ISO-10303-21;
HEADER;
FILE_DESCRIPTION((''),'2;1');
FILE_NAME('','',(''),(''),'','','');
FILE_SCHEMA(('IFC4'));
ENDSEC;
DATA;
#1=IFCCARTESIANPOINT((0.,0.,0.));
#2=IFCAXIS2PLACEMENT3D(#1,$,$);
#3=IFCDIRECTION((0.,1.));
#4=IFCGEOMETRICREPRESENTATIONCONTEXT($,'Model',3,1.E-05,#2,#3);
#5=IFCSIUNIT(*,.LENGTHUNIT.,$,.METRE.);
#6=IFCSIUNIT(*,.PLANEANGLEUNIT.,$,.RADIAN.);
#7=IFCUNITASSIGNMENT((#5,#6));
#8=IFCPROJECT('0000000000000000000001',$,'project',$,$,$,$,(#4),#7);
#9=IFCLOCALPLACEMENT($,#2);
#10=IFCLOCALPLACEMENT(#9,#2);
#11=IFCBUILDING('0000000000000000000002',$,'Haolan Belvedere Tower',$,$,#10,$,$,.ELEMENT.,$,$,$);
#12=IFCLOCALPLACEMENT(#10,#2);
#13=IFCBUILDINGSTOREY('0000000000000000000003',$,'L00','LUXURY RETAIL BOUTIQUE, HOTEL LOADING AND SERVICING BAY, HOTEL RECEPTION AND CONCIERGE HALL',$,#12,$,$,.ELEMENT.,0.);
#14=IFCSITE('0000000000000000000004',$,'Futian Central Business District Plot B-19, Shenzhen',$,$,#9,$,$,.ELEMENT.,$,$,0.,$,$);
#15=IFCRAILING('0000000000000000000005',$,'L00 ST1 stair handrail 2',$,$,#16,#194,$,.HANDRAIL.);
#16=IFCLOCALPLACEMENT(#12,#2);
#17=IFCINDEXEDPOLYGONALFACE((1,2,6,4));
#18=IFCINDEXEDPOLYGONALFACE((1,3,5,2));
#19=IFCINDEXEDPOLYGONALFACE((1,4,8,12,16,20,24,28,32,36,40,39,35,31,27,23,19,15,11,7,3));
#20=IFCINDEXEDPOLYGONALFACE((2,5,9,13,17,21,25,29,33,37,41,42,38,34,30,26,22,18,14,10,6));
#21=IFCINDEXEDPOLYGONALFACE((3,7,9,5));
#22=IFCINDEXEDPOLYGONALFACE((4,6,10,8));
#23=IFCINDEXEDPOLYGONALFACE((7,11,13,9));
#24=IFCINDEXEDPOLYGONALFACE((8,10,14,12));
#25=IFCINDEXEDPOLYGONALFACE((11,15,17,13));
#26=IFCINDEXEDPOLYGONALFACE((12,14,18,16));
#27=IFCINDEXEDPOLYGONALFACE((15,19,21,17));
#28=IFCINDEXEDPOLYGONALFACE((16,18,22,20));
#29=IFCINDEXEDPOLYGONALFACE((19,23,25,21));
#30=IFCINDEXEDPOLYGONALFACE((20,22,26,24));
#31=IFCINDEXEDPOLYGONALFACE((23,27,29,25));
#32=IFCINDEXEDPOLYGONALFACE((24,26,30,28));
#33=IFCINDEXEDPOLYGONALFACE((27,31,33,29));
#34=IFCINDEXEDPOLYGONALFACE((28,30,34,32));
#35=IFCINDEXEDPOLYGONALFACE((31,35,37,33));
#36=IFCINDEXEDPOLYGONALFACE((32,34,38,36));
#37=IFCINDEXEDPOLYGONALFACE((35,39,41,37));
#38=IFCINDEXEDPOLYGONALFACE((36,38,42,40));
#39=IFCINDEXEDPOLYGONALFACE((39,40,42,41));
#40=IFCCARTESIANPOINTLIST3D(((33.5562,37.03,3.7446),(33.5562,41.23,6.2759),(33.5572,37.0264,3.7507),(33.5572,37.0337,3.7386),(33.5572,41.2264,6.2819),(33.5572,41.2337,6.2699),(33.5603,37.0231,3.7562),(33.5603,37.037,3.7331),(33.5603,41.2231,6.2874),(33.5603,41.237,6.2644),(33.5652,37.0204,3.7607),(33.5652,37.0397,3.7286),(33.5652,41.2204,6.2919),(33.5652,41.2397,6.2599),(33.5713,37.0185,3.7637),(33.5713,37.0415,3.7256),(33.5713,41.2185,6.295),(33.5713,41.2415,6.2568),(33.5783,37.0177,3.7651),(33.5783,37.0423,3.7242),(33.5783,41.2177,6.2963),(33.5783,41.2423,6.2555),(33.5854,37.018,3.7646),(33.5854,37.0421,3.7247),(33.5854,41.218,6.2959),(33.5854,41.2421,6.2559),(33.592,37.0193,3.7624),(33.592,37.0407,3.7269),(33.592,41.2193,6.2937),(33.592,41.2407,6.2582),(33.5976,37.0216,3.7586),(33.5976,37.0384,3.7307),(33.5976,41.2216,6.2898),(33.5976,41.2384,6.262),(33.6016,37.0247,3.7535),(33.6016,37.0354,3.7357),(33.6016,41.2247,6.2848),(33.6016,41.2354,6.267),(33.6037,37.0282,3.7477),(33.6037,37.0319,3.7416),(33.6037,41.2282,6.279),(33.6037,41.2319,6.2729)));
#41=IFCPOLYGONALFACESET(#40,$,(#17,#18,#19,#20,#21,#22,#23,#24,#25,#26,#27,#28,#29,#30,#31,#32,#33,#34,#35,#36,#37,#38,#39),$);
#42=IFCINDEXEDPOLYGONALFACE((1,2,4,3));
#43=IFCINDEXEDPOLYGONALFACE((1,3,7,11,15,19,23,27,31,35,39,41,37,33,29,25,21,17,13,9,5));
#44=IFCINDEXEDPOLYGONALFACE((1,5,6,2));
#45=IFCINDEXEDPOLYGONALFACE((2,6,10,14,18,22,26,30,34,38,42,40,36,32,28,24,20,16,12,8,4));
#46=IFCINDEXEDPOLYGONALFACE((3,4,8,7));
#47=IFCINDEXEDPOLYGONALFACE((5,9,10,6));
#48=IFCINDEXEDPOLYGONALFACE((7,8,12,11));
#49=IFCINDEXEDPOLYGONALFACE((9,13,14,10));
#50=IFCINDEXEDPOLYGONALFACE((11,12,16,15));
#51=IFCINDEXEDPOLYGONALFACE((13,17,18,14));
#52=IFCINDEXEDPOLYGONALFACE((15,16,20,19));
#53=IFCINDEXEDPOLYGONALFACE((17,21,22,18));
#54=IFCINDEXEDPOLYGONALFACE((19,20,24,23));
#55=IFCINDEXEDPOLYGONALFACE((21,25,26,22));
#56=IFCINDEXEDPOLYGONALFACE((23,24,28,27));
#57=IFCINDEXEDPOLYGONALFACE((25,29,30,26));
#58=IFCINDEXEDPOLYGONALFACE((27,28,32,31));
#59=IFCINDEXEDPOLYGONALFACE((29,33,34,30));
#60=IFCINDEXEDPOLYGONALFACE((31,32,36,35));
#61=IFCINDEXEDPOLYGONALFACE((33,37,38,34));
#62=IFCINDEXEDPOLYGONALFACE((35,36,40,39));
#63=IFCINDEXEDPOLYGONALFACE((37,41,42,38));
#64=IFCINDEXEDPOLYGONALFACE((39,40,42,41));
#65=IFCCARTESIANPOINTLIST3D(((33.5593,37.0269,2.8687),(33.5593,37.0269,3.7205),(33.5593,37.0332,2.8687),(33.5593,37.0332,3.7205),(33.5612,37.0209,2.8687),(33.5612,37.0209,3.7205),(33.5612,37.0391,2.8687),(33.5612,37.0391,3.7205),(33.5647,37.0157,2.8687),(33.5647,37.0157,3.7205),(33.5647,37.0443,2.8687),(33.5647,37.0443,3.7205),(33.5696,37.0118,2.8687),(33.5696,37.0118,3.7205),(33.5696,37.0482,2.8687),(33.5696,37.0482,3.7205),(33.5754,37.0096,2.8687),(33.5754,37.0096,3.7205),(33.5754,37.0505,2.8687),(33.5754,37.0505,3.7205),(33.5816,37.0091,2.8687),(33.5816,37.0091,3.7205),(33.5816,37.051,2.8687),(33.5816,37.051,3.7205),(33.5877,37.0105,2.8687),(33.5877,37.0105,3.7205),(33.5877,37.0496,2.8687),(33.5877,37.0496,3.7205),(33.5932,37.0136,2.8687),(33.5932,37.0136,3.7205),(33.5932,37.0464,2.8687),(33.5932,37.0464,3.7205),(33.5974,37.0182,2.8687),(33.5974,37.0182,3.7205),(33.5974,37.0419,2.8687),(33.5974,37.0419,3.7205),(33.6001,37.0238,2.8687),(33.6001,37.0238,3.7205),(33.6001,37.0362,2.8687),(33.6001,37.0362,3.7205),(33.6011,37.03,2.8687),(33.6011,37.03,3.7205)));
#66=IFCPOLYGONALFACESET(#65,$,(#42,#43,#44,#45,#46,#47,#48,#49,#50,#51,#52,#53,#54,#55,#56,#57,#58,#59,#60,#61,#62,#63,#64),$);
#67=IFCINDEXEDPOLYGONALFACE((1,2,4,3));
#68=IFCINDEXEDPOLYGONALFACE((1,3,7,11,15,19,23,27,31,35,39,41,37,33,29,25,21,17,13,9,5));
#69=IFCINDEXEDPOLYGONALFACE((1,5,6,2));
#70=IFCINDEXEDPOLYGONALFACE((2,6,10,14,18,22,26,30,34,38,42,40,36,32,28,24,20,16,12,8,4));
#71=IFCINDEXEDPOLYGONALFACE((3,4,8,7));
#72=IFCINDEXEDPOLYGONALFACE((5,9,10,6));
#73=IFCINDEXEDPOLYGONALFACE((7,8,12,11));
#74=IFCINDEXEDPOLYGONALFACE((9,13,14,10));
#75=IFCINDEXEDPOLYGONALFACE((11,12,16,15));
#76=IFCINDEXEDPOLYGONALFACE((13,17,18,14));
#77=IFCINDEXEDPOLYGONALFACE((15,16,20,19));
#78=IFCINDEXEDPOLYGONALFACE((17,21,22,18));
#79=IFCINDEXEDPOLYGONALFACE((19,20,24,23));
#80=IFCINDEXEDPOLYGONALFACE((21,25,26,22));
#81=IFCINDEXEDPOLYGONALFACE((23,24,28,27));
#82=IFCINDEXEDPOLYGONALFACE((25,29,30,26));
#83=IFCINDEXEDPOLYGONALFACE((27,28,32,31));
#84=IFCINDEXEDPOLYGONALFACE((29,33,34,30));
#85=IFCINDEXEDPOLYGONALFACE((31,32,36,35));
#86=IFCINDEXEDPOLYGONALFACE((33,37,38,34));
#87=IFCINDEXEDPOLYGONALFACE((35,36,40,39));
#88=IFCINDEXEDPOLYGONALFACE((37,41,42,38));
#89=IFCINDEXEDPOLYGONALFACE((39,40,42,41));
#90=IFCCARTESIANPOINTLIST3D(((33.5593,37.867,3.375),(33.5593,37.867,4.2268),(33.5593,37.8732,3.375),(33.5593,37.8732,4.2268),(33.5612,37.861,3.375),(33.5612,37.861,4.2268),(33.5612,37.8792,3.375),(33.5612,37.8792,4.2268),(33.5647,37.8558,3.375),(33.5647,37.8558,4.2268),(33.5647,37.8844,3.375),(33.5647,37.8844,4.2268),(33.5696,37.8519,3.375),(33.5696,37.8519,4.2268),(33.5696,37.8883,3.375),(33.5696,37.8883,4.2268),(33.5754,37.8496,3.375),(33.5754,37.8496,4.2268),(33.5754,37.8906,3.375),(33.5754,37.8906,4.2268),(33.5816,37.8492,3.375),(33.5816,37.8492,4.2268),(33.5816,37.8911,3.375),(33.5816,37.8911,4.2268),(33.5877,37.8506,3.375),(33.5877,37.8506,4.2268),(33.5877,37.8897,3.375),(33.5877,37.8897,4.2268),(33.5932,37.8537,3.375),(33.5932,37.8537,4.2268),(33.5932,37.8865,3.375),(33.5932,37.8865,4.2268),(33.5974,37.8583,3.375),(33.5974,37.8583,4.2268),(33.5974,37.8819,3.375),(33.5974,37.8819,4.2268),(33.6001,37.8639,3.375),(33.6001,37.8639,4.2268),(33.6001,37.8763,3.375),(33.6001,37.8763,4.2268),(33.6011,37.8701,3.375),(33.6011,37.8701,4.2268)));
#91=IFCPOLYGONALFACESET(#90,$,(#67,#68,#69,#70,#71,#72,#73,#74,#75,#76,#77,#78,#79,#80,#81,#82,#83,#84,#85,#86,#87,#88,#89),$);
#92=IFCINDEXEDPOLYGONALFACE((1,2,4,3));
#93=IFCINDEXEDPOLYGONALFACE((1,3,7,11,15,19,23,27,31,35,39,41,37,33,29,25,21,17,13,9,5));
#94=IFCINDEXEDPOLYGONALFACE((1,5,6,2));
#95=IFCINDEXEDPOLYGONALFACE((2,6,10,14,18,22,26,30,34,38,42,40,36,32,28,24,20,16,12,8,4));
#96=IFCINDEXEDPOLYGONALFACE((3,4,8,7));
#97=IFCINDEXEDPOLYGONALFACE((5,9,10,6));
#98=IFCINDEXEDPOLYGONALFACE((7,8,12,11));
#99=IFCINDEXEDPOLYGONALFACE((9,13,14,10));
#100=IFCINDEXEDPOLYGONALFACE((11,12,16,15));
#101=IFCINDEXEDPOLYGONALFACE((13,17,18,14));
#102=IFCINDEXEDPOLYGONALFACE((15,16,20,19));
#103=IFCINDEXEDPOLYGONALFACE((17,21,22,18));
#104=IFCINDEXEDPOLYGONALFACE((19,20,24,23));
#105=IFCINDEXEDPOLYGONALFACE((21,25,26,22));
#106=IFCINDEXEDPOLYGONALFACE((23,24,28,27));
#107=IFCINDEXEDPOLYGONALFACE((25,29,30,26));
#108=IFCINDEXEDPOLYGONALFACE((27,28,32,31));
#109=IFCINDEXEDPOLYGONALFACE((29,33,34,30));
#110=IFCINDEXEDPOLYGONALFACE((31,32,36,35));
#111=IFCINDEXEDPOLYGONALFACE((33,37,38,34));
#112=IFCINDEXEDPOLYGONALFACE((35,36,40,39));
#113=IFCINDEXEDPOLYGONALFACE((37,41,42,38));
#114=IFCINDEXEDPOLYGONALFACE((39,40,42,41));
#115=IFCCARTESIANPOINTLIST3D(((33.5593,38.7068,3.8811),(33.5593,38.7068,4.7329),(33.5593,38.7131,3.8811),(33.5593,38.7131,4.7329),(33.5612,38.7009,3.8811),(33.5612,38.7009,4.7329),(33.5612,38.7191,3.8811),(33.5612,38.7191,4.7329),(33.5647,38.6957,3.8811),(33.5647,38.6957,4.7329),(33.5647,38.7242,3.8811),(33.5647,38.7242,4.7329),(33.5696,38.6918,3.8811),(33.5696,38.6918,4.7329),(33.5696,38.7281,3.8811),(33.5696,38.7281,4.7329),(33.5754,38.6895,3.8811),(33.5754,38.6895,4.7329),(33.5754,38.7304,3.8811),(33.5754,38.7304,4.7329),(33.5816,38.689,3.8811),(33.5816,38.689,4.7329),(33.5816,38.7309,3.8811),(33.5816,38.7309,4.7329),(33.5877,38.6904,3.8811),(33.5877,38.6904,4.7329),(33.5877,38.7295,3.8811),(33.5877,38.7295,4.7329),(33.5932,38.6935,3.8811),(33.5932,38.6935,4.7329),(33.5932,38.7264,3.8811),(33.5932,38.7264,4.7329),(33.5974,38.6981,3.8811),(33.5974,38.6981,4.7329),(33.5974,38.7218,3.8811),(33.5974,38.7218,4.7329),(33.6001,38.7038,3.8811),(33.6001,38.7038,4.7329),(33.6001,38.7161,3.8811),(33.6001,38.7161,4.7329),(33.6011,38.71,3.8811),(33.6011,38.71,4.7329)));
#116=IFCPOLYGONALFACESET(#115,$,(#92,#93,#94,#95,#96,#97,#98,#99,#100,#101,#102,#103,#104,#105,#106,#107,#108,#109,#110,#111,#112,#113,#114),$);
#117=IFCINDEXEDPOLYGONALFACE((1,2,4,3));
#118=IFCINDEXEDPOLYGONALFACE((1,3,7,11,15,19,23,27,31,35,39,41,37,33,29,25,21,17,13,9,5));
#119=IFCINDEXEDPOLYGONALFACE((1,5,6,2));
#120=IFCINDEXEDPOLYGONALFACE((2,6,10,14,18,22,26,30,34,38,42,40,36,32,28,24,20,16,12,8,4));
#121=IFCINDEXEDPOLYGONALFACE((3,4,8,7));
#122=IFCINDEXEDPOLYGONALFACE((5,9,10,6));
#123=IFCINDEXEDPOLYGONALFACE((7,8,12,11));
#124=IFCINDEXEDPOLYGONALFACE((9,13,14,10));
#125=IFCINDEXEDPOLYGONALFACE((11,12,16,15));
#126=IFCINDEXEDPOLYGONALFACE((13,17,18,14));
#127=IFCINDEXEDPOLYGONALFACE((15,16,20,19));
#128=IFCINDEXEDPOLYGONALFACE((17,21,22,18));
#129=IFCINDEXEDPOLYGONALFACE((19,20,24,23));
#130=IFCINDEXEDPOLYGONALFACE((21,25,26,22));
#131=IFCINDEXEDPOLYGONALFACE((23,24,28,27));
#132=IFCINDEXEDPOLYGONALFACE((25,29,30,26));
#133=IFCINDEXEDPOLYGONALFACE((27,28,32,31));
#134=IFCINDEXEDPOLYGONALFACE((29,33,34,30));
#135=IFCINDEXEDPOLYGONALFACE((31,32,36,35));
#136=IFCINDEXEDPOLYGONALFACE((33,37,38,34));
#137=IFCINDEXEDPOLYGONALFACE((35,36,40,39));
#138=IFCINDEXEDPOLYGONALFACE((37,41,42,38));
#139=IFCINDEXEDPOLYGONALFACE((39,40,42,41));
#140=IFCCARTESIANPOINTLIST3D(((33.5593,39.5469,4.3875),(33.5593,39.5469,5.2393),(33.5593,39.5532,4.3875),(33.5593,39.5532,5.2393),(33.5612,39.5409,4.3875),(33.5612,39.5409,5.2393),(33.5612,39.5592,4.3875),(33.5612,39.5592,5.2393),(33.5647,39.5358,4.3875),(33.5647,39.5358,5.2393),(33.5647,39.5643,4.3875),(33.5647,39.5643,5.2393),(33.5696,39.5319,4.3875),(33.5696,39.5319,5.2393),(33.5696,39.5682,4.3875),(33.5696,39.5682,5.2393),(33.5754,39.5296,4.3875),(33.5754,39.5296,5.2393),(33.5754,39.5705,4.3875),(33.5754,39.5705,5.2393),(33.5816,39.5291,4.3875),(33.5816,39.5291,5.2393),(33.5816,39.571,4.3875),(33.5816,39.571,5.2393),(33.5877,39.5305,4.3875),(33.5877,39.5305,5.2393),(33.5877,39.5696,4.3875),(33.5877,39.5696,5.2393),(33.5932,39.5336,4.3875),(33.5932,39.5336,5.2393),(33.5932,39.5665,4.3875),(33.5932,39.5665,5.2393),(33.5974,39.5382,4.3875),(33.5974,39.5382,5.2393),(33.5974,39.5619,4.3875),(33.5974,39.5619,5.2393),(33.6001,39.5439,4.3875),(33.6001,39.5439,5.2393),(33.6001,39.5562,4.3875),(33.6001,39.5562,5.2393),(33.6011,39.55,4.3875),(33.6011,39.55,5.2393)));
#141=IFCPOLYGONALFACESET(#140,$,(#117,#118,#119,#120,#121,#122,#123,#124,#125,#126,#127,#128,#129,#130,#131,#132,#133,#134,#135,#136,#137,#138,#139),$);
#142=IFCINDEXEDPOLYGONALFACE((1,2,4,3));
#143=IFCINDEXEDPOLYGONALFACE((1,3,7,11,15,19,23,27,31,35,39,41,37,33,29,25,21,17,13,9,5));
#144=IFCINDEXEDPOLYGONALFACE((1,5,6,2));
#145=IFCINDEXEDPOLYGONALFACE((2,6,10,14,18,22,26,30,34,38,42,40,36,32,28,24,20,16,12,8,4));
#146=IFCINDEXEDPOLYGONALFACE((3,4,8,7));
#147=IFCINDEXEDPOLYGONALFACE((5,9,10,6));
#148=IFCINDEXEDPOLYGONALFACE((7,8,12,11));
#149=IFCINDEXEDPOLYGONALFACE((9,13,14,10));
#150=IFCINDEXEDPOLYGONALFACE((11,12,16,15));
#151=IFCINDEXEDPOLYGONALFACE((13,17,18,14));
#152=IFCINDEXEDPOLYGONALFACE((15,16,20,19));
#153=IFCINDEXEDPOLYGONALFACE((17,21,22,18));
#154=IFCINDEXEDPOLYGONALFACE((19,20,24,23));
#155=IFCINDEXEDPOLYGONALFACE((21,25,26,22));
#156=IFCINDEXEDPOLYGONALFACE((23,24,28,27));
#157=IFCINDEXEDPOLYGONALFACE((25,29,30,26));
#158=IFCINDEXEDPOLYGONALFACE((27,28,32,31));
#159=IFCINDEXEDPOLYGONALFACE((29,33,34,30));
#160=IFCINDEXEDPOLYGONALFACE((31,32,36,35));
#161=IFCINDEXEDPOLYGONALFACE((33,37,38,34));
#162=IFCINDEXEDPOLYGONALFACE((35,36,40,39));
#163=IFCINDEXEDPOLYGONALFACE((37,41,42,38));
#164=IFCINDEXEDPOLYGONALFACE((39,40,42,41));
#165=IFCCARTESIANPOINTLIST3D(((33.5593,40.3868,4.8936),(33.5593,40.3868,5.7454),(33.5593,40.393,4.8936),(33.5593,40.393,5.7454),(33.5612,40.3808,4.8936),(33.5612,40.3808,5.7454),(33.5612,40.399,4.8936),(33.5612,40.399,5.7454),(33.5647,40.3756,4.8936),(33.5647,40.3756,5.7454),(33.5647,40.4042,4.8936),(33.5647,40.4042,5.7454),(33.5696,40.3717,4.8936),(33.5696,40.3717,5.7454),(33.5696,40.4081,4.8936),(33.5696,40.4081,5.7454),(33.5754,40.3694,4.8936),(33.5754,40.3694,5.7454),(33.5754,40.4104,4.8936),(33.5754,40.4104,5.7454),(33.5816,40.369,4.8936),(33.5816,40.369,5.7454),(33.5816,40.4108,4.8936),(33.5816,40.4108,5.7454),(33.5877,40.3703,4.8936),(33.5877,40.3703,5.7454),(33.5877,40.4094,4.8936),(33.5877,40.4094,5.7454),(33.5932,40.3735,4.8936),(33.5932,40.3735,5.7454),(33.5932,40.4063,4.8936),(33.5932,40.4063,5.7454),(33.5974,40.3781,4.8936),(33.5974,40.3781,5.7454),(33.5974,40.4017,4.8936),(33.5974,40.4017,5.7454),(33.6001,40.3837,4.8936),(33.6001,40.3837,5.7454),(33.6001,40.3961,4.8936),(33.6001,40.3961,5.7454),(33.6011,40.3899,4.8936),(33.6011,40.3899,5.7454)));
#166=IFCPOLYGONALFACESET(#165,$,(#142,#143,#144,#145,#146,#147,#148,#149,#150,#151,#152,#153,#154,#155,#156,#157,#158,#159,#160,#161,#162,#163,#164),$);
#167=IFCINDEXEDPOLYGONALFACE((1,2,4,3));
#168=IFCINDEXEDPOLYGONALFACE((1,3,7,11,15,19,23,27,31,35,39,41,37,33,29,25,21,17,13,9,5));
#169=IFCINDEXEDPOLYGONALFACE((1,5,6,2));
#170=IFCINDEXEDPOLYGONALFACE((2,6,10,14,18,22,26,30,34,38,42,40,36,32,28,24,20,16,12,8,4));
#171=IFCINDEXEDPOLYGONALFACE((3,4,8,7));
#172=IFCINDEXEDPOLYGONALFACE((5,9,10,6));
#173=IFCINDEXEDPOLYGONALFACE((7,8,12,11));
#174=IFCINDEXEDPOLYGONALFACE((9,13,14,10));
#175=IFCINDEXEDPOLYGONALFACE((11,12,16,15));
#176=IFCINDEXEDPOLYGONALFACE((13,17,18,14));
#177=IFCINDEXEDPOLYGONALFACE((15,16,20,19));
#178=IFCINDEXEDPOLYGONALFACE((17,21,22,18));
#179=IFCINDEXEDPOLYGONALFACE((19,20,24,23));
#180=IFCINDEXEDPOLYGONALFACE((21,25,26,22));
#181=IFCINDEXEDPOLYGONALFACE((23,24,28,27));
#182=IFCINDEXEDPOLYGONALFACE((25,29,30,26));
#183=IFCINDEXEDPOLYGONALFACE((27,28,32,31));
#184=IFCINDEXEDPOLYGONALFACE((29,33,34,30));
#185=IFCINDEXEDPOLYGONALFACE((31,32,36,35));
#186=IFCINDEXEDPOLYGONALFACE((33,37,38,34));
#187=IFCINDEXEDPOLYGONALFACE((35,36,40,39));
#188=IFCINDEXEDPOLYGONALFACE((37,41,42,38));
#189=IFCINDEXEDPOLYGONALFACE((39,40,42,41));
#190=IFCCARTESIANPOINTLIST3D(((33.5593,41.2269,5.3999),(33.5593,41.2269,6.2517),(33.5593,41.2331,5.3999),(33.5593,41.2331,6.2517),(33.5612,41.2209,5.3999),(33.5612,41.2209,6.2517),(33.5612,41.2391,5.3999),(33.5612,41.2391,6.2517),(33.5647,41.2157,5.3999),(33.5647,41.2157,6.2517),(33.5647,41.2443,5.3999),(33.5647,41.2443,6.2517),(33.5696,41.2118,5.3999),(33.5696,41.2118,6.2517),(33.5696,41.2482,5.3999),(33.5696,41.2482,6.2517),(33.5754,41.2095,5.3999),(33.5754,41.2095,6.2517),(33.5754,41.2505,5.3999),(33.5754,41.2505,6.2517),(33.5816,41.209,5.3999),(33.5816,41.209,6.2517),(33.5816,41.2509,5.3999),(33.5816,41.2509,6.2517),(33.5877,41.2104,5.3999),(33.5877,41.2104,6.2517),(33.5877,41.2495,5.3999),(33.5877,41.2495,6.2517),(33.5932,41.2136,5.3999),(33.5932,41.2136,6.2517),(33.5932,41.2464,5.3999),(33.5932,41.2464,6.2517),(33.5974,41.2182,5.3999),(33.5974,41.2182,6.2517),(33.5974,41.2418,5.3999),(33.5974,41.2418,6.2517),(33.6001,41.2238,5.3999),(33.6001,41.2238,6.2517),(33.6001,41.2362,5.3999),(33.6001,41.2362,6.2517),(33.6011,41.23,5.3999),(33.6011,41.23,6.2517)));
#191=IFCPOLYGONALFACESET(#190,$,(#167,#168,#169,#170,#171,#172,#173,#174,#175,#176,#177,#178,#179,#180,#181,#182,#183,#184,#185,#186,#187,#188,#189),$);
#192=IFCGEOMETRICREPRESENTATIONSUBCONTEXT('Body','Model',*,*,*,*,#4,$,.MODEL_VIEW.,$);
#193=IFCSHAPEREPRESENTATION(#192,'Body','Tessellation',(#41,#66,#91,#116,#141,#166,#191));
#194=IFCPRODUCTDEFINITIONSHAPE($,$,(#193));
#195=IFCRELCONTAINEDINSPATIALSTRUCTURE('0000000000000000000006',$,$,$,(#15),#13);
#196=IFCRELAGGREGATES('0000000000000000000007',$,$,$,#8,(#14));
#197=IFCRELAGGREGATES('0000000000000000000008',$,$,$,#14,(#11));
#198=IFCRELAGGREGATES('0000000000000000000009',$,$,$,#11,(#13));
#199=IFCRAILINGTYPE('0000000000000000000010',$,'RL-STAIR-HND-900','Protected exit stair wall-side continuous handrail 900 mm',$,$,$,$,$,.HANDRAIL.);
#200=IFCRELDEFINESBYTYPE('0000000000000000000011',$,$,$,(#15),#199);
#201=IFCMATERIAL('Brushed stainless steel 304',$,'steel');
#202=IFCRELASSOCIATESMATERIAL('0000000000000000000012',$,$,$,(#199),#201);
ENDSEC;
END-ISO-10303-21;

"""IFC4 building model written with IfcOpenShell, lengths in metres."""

from ifc_helpers import new_model, si_unit, direction, frame, origin, origin_2d, place, context, subcontext, project, spatial, circle, extrude, material, type_object, element, save


model = new_model("IFC4")

# Units and contexts
model_context = context("Model", 3, precision=1e-05, world=origin(), true_north=direction((0.0, 1.0)))
body_context = subcontext(model_context, "Body", "Model", "MODEL_VIEW")
ifc_project = project(units=[si_unit("LENGTHUNIT", "METRE"), si_unit("PLANEANGLEUNIT", "RADIAN")], contexts=[model_context])

# Site, building, storey
site_placement = place(None, origin())
site = spatial("IfcSite", under=ifc_project, at=site_placement, Name="Futian Central Business District Plot B-19, Shenzhen", CompositionType="ELEMENT", RefElevation=0.0)
building_placement = place(site_placement, origin())
building = spatial("IfcBuilding", under=site, at=building_placement, Name="Haolan Belvedere Tower", CompositionType="ELEMENT")
storey_placement = place(building_placement, origin())
storey = spatial("IfcBuildingStorey", under=building, at=storey_placement, Name="L00", Description="LUXURY RETAIL BOUTIQUE, HOTEL LOADING AND SERVICING BAY, HOTEL RECEPTION AND CONCIERGE HALL", CompositionType="ELEMENT", Elevation=0.0)

# Railing
ifc_material_1 = material(Name="Brushed stainless steel 304", Category="steel")
railing_type_1 = type_object("IfcRailingType", Name="RL-STAIR-HND-900", Description="Protected exit stair wall-side continuous handrail 900 mm", PredefinedType="HANDRAIL", material=ifc_material_1)
railing_1_placement = place(storey_placement, frame((33.5801, 37.03, 2.8687)))
element("IfcRailing", 1, at=railing_1_placement, inside=storey, type_object=railing_type_1, Name="L00 ST1 stair handrail 2", PredefinedType="HANDRAIL", context=body_context, shape_type="SweptSolid", body=[
    extrude(circle(Radius=0.0239, at=origin_2d()), frame((0.0, 0.0, 0.876), z_axis=(0.0, 0.856476, 0.516186), x_axis=(-1.0, 0.0, 0.0)), (0.0, 0.0, 1.0), 4.9038),
    extrude(circle(Radius=0.021, at=origin_2d()), origin(), (0.0, 0.0, 1.0), 0.8518),
    extrude(circle(Radius=0.021, at=origin_2d()), frame((0.0, 0.8401, 0.5063)), (0.0, 0.0, 1.0), 0.8518),
    extrude(circle(Radius=0.021, at=origin_2d()), frame((0.0, 1.6799, 1.0125)), (0.0, 0.0, 1.0), 0.8518),
    extrude(circle(Radius=0.021, at=origin_2d()), frame((0.0, 2.52, 1.5188)), (0.0, 0.0, 1.0), 0.8518),
    extrude(circle(Radius=0.021, at=origin_2d()), frame((0.0, 3.3599, 2.0249)), (0.0, 0.0, 1.0), 0.8518),
    extrude(circle(Radius=0.021, at=origin_2d()), frame((0.0, 4.2, 2.5312)), (0.0, 0.0, 1.0), 0.8518),
])

save(model, "model.ifc")
